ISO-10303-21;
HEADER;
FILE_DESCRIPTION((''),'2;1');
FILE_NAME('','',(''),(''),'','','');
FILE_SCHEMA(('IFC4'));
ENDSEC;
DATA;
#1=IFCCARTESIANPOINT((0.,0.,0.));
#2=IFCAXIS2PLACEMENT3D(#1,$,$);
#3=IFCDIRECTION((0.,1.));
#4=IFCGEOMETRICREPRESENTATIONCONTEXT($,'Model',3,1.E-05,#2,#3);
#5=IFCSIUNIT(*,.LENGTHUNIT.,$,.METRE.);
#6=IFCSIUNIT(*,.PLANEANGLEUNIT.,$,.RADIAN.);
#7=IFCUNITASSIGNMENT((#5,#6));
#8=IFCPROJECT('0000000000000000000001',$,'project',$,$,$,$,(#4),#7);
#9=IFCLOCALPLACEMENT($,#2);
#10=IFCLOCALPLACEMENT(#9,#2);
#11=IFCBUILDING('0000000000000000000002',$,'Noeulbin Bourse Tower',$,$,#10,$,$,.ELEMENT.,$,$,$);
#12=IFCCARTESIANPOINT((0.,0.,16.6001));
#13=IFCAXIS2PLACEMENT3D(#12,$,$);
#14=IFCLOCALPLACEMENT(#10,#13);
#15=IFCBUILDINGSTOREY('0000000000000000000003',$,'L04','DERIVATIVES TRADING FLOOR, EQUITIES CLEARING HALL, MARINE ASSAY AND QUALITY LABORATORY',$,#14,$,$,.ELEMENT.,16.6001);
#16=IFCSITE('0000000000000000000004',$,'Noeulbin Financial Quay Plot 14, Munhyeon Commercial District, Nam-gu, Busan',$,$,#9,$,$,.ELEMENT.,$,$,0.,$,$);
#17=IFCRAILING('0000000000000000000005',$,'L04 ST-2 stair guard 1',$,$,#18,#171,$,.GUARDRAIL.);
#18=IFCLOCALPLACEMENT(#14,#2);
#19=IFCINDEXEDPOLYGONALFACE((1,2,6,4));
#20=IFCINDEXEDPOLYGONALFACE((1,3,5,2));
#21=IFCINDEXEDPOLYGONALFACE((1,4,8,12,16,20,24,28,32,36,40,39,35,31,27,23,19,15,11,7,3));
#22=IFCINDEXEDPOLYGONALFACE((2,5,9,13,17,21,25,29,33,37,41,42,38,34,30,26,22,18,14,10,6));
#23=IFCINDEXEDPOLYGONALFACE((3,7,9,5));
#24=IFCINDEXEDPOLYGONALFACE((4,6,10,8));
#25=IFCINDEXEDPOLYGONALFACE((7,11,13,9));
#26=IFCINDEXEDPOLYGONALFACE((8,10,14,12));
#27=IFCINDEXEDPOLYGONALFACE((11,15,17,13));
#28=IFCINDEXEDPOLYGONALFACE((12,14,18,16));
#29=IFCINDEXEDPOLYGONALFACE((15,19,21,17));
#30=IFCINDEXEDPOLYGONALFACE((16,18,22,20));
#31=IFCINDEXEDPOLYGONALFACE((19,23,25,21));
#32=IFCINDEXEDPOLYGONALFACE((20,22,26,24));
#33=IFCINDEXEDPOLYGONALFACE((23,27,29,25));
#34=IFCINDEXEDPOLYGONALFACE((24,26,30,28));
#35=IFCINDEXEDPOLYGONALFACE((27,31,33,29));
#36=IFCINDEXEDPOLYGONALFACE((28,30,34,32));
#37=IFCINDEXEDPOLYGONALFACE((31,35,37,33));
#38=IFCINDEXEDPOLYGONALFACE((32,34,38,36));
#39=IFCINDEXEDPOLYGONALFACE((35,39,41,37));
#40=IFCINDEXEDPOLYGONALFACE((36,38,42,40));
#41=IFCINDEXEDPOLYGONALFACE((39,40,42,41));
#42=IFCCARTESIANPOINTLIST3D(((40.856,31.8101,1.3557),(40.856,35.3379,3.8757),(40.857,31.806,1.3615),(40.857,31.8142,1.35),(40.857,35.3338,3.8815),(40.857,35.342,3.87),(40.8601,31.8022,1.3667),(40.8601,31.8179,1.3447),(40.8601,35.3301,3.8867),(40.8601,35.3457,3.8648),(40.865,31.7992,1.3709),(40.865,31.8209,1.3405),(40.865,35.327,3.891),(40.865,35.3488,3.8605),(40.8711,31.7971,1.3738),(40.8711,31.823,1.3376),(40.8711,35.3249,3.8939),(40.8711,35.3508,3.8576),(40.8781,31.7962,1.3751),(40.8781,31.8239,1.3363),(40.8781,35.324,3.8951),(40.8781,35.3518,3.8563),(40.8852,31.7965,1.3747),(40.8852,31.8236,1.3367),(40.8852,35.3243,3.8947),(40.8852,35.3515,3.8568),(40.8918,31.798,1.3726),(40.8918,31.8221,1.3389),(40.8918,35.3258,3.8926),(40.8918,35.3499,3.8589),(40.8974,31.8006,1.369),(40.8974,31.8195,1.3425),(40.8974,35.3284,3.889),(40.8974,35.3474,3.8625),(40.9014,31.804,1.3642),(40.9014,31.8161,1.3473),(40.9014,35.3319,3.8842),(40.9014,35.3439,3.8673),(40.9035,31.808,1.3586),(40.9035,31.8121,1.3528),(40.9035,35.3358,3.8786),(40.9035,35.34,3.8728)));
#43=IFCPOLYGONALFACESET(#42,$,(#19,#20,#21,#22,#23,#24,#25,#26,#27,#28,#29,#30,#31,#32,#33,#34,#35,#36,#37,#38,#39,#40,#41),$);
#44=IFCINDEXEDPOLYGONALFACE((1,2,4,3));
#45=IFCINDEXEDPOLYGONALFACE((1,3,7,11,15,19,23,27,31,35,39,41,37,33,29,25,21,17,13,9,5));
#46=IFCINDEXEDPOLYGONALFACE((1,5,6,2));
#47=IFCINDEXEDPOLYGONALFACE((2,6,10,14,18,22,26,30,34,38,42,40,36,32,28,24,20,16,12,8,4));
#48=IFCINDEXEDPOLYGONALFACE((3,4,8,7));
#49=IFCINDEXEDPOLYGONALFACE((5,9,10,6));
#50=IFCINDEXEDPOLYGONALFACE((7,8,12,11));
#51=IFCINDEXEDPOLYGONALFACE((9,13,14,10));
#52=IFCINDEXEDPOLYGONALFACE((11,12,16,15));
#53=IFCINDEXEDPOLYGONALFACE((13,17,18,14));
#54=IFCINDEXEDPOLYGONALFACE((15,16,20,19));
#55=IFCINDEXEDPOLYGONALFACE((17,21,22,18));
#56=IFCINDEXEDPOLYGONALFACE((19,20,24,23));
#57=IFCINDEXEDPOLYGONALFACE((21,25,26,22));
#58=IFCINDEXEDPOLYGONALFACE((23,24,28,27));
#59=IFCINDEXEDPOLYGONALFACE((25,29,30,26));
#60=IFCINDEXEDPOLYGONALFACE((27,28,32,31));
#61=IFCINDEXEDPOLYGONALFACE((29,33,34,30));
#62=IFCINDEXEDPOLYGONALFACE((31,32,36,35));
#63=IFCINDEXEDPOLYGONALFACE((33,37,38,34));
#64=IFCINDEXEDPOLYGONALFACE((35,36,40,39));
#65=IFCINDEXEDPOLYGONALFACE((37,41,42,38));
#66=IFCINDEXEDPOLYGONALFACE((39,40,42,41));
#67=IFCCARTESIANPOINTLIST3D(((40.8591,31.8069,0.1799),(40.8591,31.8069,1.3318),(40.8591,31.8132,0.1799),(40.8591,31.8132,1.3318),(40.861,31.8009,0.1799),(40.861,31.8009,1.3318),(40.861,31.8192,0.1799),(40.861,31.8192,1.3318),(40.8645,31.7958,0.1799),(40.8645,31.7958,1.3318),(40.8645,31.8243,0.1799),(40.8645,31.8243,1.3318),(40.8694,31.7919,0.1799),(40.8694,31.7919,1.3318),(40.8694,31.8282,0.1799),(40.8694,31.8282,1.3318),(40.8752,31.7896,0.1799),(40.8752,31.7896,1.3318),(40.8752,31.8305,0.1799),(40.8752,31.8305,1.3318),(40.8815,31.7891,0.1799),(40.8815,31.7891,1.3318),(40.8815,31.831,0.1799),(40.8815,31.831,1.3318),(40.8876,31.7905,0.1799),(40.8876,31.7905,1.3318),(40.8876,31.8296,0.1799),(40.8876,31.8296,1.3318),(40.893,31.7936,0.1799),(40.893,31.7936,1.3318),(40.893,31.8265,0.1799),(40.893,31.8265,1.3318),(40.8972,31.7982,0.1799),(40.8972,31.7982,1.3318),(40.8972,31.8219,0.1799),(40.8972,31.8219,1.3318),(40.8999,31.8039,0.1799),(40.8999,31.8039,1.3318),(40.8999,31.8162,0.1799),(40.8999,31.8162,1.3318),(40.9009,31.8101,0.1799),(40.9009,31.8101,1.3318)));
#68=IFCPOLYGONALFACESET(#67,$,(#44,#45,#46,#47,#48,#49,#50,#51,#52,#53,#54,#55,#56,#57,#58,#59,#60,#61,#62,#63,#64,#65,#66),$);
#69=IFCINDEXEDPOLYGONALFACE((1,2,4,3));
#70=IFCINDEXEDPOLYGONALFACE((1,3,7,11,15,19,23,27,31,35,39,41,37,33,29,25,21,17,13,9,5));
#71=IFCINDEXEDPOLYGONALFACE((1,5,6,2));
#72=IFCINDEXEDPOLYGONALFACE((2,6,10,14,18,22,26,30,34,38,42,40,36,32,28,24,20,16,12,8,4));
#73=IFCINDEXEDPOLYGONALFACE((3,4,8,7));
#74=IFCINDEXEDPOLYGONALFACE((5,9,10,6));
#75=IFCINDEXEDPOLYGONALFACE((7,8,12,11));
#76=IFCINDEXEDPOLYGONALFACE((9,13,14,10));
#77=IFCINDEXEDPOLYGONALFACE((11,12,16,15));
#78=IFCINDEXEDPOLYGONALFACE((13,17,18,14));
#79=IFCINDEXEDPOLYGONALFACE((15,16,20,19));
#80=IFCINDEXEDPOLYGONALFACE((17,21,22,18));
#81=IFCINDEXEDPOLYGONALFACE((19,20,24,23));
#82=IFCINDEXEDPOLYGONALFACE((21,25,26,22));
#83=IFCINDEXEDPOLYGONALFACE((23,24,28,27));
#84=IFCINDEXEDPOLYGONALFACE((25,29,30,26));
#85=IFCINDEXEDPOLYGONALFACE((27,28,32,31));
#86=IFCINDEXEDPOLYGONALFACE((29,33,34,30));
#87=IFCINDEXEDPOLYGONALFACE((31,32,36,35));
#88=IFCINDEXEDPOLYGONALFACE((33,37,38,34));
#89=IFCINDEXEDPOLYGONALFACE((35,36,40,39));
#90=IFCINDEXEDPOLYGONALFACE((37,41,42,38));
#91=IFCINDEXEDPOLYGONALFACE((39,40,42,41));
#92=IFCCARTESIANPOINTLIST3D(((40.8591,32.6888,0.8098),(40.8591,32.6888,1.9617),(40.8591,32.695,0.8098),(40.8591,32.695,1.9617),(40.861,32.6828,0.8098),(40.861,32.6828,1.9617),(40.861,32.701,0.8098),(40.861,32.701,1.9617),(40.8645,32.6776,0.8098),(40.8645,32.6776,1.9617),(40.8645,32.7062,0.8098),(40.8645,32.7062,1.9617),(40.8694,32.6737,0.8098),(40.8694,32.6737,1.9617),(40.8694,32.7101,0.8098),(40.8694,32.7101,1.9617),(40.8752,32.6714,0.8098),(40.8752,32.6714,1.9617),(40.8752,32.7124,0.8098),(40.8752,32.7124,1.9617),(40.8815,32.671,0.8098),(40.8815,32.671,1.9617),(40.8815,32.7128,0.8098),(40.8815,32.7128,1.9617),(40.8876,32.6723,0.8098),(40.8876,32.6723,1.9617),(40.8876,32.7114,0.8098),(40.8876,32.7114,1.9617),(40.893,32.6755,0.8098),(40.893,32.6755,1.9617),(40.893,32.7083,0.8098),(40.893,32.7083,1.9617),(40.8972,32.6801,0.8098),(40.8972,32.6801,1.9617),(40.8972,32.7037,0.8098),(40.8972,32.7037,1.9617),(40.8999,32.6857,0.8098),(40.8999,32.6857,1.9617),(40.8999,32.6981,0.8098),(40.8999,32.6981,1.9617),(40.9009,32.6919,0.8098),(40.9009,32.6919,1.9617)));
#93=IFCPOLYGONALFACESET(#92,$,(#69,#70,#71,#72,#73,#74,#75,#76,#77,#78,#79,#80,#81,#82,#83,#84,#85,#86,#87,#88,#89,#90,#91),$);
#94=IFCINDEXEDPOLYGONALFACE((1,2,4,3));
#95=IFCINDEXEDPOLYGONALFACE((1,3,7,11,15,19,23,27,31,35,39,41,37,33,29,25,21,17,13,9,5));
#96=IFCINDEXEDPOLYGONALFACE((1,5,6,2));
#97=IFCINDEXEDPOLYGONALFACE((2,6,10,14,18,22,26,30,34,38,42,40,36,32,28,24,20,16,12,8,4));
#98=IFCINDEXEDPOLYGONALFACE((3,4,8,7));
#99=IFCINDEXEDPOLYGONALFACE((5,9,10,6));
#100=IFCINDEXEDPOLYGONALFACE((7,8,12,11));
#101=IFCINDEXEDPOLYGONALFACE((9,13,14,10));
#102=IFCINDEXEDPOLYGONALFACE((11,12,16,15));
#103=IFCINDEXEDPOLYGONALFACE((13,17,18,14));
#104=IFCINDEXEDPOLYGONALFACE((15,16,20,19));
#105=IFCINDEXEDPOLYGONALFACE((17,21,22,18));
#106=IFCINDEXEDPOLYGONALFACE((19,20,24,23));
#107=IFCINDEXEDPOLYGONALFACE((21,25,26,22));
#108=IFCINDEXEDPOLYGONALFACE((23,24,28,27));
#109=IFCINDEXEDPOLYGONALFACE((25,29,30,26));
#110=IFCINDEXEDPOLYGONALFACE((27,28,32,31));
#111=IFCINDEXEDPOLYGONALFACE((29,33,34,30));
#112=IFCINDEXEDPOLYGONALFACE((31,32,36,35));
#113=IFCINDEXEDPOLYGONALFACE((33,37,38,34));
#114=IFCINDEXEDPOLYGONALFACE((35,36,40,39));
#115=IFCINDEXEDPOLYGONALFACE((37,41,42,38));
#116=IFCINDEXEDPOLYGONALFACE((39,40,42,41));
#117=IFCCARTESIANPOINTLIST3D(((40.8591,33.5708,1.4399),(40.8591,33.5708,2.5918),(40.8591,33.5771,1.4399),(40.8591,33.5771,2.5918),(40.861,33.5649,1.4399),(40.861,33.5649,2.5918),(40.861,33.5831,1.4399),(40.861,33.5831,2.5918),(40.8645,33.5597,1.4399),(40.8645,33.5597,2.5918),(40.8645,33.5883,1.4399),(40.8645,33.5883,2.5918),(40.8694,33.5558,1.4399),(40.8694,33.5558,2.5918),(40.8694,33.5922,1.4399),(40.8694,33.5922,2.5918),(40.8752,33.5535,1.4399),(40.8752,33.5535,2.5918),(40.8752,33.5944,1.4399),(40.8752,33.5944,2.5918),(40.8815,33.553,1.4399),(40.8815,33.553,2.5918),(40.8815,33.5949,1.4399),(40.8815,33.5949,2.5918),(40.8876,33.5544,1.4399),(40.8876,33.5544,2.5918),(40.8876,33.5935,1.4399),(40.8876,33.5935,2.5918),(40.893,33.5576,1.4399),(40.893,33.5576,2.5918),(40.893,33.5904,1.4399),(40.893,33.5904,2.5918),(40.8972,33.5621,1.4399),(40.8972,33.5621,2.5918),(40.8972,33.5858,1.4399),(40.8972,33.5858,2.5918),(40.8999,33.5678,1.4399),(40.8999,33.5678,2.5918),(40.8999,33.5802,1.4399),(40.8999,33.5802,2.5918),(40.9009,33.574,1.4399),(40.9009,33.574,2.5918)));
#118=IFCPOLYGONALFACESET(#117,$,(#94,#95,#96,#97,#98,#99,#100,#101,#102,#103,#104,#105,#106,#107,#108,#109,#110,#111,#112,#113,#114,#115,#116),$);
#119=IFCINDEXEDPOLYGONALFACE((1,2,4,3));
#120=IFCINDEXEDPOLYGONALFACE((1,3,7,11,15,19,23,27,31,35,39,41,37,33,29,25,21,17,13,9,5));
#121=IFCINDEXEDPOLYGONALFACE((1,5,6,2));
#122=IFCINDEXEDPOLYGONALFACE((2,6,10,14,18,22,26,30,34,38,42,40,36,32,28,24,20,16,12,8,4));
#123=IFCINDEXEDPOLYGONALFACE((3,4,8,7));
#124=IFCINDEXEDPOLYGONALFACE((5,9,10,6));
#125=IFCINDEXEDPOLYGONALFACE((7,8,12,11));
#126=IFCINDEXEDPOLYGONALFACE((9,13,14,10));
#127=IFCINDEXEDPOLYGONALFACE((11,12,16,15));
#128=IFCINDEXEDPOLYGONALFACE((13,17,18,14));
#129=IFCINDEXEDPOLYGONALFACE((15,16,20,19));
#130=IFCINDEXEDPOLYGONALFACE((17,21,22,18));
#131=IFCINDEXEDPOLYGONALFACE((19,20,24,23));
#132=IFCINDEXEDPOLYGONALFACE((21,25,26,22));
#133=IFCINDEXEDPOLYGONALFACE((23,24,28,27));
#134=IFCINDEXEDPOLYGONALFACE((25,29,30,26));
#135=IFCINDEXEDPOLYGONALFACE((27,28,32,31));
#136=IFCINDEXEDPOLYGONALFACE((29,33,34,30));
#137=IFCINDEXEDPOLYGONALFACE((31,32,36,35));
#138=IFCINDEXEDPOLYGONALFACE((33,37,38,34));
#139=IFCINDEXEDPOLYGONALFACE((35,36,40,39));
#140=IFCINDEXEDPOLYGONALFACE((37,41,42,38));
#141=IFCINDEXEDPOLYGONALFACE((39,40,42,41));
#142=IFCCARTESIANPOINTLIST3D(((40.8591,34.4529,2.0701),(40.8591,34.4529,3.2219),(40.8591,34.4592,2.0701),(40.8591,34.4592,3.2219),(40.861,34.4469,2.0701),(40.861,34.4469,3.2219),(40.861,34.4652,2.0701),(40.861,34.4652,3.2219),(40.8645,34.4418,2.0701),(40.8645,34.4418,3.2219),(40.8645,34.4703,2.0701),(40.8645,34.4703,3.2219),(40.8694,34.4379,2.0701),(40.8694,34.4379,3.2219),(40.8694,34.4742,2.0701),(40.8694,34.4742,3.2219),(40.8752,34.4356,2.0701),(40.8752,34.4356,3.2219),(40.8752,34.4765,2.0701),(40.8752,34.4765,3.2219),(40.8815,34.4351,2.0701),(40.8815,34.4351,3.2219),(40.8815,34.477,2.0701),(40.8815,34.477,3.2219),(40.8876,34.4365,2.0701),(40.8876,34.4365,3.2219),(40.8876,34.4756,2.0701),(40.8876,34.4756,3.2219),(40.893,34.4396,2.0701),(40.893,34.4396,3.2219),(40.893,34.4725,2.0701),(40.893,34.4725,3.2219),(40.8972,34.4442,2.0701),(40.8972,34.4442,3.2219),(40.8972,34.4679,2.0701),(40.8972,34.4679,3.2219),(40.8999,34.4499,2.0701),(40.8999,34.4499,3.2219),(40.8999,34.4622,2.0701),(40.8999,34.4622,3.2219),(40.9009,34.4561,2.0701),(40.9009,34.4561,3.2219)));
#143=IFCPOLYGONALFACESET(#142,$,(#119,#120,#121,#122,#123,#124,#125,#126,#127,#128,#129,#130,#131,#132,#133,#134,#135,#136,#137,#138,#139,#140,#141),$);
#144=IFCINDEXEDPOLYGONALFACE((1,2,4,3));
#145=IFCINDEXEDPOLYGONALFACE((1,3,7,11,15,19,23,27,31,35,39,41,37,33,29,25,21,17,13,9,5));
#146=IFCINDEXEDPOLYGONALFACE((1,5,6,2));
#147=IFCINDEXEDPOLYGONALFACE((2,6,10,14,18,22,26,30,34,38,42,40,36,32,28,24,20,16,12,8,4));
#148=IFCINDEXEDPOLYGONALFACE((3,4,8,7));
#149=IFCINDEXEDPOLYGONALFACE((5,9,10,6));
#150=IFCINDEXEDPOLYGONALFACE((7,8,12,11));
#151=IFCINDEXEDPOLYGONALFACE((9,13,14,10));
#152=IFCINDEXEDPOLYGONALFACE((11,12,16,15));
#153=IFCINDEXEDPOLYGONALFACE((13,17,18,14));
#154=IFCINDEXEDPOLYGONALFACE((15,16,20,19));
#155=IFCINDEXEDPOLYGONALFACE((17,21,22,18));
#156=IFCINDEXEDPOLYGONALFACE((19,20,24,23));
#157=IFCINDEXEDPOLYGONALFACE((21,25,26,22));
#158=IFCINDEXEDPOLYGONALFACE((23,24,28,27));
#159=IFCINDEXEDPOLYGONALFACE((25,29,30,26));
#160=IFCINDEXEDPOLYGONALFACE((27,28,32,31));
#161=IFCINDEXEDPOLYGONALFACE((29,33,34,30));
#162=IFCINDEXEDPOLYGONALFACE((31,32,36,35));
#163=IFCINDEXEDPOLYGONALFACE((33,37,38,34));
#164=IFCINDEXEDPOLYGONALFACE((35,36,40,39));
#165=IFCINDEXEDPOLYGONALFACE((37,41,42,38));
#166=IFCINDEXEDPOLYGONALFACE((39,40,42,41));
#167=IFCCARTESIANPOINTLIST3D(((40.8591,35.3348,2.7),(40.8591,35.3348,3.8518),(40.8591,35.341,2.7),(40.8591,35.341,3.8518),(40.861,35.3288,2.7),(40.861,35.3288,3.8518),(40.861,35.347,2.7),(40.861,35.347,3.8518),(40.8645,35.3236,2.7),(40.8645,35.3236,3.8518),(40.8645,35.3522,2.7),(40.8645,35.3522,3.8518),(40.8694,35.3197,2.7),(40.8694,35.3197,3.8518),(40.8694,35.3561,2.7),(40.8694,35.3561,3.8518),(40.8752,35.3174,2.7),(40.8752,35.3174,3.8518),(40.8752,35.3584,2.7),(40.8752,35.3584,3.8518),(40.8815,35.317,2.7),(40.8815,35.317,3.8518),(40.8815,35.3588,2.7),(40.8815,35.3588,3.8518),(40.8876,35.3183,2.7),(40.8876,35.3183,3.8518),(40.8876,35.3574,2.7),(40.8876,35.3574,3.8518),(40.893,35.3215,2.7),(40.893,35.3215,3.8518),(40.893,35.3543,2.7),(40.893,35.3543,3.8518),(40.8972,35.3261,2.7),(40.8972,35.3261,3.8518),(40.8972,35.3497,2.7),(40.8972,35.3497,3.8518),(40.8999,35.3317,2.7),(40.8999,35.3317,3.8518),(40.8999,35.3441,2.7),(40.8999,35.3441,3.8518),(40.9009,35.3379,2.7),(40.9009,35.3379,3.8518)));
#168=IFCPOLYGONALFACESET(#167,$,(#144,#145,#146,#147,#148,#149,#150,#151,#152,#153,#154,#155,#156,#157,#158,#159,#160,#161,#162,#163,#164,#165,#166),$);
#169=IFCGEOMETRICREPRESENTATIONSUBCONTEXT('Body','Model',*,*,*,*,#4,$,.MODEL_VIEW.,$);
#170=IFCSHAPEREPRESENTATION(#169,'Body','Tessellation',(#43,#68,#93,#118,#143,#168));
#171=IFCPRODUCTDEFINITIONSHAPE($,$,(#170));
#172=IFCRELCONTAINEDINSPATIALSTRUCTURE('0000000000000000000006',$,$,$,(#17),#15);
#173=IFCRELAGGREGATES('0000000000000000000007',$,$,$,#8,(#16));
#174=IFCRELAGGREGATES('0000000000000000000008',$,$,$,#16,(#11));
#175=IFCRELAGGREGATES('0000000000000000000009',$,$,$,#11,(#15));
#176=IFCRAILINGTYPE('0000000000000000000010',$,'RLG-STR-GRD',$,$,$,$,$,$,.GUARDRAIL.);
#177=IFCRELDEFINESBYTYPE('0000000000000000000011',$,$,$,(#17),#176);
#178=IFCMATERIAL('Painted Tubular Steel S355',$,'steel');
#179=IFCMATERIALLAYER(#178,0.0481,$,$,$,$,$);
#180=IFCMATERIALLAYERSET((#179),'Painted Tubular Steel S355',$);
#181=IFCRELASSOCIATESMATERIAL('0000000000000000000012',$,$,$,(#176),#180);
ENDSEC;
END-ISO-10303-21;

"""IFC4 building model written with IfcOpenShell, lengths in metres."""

from ifc_helpers import new_model, si_unit, direction, frame, origin, origin_2d, place, context, subcontext, project, spatial, circle, extrude, material, layer, layer_set, type_object, element, save


model = new_model("IFC4")

# Units and contexts
model_context = context("Model", 3, precision=1e-05, world=origin(), true_north=direction((0.0, 1.0)))
body_context = subcontext(model_context, "Body", "Model", "MODEL_VIEW")
ifc_project = project(units=[si_unit("LENGTHUNIT", "METRE"), si_unit("PLANEANGLEUNIT", "RADIAN")], contexts=[model_context])

# Site, building, storey
site_placement = place(None, origin())
site = spatial("IfcSite", under=ifc_project, at=site_placement, Name="Noeulbin Financial Quay Plot 14, Munhyeon Commercial District, Nam-gu, Busan", CompositionType="ELEMENT", RefElevation=0.0)
building_placement = place(site_placement, origin())
building = spatial("IfcBuilding", under=site, at=building_placement, Name="Noeulbin Bourse Tower", CompositionType="ELEMENT")
storey_placement = place(building_placement, frame((0.0, 0.0, 16.6001)))
storey = spatial("IfcBuildingStorey", under=building, at=storey_placement, Name="L04", Description="DERIVATIVES TRADING FLOOR, EQUITIES CLEARING HALL, MARINE ASSAY AND QUALITY LABORATORY", CompositionType="ELEMENT", Elevation=16.6001)

# Railing
ifc_material_1 = material(Name="Painted Tubular Steel S355", Category="steel")
ifc_layer_1 = layer(ifc_material_1, 0.0481)
ifc_layer_set_1 = layer_set([ifc_layer_1], Name="Painted Tubular Steel S355")
railing_type_1 = type_object("IfcRailingType", Name="RLG-STR-GRD", PredefinedType="GUARDRAIL", material=ifc_layer_set_1)
railing_1_placement = place(storey_placement, frame((40.8799, 31.8101, 0.1799)))
element("IfcRailing", 1, at=railing_1_placement, inside=storey, type_object=railing_type_1, Name="L04 ST-2 stair guard 1", PredefinedType="GUARDRAIL", context=body_context, shape_type="SweptSolid", body=[
    extrude(circle(Radius=0.0239, at=origin_2d()), frame((0.0, 0.0, 1.1758), z_axis=(0.0, 0.813718, 0.58126), x_axis=(-1.0, 0.0, 0.0)), (0.0, 0.0, 1.0), 4.3354),
    extrude(circle(Radius=0.021, at=origin_2d()), origin(), (0.0, 0.0, 1.0), 1.1519),
    extrude(circle(Radius=0.021, at=origin_2d()), frame((0.0, 0.8818, 0.6299)), (0.0, 0.0, 1.0), 1.1519),
    extrude(circle(Radius=0.021, at=origin_2d()), frame((0.0, 1.7639, 1.26)), (0.0, 0.0, 1.0), 1.1519),
    extrude(circle(Radius=0.021, at=origin_2d()), frame((0.0, 2.646, 1.8901)), (0.0, 0.0, 1.0), 1.1519),
    extrude(circle(Radius=0.021, at=origin_2d()), frame((0.0, 3.5278, 2.52)), (0.0, 0.0, 1.0), 1.1519),
])

save(model, "model.ifc")
